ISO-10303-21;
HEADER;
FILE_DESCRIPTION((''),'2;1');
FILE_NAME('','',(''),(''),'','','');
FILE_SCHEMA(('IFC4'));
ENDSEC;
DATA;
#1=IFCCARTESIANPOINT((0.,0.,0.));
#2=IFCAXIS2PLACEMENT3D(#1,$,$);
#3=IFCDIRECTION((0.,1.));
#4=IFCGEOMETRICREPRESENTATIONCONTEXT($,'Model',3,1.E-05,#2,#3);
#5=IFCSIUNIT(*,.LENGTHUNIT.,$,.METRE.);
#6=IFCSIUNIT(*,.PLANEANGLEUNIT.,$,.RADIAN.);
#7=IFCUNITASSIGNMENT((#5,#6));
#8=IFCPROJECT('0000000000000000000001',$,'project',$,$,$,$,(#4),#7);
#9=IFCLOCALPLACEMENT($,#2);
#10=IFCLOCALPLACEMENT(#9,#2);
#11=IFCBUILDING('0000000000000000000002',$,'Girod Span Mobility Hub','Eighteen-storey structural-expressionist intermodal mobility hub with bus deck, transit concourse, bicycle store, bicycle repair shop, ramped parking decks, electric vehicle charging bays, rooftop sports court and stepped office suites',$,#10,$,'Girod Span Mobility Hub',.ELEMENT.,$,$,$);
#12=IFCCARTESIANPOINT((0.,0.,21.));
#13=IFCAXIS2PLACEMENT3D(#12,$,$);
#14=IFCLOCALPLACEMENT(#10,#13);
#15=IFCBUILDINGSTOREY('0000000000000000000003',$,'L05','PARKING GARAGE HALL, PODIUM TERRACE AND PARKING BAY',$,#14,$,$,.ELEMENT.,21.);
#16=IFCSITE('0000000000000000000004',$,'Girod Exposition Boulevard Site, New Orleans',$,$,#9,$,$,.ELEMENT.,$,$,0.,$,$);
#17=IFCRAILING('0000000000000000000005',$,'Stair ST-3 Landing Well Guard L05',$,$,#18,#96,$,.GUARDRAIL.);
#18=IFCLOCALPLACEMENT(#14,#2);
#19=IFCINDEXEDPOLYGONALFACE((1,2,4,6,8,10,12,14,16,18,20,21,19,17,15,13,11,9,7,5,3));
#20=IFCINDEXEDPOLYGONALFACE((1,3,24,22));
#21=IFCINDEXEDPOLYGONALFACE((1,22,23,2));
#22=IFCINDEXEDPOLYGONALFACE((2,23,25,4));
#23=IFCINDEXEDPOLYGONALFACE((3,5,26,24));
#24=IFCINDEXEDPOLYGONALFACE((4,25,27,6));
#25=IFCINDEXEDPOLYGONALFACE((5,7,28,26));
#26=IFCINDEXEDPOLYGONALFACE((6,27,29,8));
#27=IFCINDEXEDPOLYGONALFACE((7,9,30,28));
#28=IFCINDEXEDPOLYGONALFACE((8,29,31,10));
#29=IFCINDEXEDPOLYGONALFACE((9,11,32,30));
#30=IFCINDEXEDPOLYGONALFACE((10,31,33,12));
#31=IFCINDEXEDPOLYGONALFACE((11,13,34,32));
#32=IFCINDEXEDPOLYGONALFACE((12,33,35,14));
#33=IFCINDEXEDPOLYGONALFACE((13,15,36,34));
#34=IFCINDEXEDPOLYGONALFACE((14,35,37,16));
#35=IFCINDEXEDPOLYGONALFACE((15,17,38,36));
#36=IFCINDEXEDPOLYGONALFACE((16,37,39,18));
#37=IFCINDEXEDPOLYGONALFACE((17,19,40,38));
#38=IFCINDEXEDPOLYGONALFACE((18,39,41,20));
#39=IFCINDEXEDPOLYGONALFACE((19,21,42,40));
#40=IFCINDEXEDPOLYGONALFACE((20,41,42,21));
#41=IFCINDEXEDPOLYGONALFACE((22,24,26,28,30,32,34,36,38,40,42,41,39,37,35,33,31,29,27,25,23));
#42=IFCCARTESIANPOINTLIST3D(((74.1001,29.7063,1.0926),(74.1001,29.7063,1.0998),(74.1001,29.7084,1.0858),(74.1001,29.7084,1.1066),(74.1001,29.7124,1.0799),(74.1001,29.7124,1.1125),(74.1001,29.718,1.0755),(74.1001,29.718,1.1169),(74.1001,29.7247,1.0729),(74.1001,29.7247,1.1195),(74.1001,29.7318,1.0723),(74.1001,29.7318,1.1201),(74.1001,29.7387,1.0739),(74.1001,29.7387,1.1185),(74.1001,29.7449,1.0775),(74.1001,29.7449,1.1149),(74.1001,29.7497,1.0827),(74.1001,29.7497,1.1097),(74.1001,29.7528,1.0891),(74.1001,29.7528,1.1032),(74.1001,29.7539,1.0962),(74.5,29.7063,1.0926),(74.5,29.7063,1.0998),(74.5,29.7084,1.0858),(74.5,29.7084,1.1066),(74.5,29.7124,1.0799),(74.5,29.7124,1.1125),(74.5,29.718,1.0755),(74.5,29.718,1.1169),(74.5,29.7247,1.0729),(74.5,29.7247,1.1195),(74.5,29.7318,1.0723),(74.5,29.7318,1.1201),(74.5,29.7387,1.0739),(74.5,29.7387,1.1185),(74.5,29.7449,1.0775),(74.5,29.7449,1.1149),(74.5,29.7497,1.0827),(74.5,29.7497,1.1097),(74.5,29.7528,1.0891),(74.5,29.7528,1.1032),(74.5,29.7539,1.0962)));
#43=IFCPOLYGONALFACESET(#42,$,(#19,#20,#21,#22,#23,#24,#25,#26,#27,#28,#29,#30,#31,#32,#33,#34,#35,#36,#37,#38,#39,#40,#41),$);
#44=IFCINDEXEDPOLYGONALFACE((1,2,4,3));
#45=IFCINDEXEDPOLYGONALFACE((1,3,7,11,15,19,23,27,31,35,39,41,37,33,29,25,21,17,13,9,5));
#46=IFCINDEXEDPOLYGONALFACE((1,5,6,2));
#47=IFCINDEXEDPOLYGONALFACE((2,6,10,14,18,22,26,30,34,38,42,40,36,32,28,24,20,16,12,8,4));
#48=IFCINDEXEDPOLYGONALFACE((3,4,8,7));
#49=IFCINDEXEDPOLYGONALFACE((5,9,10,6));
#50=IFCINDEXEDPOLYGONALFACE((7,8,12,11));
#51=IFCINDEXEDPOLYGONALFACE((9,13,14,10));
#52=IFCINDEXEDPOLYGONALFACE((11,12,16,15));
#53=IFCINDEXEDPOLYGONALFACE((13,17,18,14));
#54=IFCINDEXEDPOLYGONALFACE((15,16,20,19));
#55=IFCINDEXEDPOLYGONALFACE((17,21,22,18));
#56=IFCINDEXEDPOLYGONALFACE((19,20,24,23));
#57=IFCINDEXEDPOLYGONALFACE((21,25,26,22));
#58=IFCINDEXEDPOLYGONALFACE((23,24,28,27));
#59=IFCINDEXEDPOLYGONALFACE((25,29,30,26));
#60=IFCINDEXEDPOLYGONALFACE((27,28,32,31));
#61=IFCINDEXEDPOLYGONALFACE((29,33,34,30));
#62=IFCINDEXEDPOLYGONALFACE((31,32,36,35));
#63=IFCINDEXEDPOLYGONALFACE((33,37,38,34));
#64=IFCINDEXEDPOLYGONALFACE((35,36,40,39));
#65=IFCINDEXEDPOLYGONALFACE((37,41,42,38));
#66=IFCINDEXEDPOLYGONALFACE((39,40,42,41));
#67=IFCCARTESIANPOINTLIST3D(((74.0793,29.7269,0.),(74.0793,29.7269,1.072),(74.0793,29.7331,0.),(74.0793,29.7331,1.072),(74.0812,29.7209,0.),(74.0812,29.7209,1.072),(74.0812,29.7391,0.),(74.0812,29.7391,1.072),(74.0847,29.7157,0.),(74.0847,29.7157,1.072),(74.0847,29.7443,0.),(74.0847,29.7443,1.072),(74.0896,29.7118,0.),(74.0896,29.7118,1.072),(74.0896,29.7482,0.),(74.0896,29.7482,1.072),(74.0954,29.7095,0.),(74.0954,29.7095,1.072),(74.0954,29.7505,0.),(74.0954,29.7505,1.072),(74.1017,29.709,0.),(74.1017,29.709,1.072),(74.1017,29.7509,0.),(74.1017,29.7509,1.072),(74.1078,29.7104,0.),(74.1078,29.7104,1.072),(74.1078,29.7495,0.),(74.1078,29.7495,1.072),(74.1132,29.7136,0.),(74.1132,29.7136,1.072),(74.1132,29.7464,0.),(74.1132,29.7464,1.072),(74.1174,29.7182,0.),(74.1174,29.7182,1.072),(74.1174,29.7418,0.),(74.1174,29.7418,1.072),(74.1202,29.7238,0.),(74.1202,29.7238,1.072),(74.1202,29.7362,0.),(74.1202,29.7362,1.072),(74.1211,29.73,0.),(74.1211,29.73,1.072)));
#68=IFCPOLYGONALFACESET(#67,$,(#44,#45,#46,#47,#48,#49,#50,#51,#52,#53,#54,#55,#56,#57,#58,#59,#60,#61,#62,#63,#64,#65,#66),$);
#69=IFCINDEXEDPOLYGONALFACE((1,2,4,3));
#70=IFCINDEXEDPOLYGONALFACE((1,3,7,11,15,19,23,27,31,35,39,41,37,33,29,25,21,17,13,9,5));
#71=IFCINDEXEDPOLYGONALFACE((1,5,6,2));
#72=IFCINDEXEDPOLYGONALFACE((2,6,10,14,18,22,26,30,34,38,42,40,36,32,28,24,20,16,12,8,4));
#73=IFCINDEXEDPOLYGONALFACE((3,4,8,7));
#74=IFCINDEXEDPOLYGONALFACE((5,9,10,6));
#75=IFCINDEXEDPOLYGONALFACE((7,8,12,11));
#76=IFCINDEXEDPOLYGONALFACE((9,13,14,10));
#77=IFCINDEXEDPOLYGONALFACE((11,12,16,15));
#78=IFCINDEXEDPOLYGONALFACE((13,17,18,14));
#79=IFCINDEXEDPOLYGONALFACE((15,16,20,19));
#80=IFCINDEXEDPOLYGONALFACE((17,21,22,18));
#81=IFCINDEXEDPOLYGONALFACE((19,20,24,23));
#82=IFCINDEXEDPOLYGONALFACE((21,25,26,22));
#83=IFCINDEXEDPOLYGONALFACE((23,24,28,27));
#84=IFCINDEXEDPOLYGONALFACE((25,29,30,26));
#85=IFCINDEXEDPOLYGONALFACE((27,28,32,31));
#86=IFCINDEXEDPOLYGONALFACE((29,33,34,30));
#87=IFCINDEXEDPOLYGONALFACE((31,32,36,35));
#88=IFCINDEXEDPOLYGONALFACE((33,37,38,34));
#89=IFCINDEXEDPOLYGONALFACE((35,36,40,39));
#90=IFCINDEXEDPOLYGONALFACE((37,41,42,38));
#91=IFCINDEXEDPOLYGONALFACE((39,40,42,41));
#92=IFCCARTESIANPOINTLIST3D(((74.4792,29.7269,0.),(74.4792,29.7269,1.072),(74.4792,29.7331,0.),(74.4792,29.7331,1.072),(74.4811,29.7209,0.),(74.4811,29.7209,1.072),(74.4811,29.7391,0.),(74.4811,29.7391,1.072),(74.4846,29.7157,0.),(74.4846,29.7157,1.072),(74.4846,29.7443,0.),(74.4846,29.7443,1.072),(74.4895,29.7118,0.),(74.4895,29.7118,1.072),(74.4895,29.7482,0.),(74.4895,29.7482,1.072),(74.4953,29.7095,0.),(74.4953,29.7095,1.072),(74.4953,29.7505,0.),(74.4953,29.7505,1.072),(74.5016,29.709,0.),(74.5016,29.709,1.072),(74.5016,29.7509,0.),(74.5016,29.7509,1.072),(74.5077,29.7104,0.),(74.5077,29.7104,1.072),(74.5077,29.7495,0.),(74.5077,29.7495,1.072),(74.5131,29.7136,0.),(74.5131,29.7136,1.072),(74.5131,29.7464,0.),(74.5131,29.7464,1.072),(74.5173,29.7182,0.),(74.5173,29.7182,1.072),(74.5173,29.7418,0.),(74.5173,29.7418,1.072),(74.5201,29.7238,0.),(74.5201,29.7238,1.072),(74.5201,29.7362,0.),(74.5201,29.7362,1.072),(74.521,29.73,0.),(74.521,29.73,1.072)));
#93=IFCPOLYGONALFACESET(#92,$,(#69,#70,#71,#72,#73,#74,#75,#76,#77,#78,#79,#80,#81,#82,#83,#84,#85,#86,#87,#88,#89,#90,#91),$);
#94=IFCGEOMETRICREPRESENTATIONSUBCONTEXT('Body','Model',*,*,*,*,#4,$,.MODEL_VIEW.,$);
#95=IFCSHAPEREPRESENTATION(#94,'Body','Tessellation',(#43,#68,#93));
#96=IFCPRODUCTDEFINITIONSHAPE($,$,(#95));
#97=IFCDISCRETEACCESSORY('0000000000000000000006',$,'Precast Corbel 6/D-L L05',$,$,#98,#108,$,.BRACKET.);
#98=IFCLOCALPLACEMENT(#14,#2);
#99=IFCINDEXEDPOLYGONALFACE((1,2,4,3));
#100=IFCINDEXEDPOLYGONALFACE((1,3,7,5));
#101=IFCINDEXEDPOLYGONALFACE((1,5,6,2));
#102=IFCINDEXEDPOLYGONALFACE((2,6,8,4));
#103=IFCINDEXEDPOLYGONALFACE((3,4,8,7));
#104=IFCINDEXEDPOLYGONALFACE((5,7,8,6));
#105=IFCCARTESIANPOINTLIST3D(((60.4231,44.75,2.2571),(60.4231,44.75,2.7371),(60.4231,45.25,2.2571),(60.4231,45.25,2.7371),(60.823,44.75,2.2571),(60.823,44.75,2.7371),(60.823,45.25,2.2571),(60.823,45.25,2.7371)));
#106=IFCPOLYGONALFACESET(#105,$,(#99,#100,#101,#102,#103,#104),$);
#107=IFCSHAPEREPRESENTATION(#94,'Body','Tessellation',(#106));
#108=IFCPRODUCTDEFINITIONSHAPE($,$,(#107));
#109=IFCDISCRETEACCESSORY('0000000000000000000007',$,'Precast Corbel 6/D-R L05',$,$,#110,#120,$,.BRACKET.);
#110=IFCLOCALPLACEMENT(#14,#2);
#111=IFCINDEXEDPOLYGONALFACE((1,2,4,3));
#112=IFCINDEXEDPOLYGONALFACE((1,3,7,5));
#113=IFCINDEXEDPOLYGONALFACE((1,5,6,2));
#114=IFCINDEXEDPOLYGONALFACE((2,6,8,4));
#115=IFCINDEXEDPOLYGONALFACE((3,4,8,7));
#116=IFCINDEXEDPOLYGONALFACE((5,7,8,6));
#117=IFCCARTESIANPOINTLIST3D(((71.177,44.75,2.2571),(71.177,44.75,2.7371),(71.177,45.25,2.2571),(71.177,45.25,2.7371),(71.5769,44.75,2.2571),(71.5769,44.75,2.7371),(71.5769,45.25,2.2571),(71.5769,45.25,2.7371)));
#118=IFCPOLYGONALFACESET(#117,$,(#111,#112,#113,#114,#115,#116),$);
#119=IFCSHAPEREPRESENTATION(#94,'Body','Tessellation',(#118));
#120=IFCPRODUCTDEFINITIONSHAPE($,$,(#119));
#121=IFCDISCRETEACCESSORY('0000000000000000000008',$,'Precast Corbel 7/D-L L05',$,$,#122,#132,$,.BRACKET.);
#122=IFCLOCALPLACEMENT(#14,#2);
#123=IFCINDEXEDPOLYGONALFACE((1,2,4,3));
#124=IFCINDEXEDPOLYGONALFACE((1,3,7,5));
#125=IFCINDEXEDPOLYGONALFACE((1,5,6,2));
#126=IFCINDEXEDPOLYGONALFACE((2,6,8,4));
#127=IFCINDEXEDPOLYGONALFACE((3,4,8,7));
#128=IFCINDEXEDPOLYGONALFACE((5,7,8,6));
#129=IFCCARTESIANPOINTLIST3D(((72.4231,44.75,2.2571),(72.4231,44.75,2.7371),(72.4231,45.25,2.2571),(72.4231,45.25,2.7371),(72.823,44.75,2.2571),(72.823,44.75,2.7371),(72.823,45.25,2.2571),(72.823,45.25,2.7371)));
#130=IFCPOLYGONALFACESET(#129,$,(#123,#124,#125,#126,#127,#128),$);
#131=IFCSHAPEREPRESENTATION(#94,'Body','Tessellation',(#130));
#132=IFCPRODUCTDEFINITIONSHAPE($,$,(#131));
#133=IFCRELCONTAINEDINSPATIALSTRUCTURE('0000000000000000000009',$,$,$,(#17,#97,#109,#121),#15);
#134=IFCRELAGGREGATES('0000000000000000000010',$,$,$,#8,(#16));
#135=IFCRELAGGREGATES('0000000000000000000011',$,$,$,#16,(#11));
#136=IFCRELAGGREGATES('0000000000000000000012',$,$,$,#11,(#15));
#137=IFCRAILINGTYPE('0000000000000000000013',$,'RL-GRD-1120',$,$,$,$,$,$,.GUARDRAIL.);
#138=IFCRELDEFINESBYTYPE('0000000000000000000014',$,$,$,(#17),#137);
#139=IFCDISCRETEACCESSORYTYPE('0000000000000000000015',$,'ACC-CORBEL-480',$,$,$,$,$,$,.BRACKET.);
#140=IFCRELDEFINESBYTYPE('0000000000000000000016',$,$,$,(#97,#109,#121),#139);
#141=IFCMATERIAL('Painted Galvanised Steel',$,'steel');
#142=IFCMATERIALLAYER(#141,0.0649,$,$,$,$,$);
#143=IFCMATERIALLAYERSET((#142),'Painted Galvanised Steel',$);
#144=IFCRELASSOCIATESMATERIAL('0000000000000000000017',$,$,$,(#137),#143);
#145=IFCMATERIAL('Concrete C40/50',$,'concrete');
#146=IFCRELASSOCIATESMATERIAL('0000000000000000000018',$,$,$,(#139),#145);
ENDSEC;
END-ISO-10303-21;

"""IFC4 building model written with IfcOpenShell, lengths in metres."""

from ifc_helpers import new_model, si_unit, direction, frame, origin, origin_2d, place, context, subcontext, project, spatial, rectangle, circle, extrude, material, layer, layer_set, type_object, element, save


model = new_model("IFC4")

# Units and contexts
model_context = context("Model", 3, precision=1e-05, world=origin(), true_north=direction((0.0, 1.0)))
body_context = subcontext(model_context, "Body", "Model", "MODEL_VIEW")
ifc_project = project(units=[si_unit("LENGTHUNIT", "METRE"), si_unit("PLANEANGLEUNIT", "RADIAN")], contexts=[model_context])

# Site, building, storey
site_placement = place(None, origin())
site = spatial("IfcSite", under=ifc_project, at=site_placement, Name="Girod Exposition Boulevard Site, New Orleans", CompositionType="ELEMENT", RefElevation=0.0)
building_placement = place(site_placement, origin())
building = spatial("IfcBuilding", under=site, at=building_placement, Name="Girod Span Mobility Hub", Description="Eighteen-storey structural-expressionist intermodal mobility hub with bus deck, transit concourse, bicycle store, bicycle repair shop, ramped parking decks, electric vehicle charging bays, rooftop sports court and stepped office suites", LongName="Girod Span Mobility Hub", CompositionType="ELEMENT")
storey_placement = place(building_placement, frame((0.0, 0.0, 21.0)))
storey = spatial("IfcBuildingStorey", under=building, at=storey_placement, Name="L05", Description="PARKING GARAGE HALL, PODIUM TERRACE AND PARKING BAY", CompositionType="ELEMENT", Elevation=21.0)

# Railing
ifc_material_1 = material(Name="Painted Galvanised Steel", Category="steel")
ifc_layer_1 = layer(ifc_material_1, 0.0649)
ifc_layer_set_1 = layer_set([ifc_layer_1], Name="Painted Galvanised Steel")
railing_type_1 = type_object("IfcRailingType", Name="RL-GRD-1120", PredefinedType="GUARDRAIL", material=ifc_layer_set_1)
for number, where, name in (
    (1, (74.1001, 29.73, 0.0), "Stair ST-3 Landing Well Guard L05"),
):
    element("IfcRailing", number, at=place(storey_placement, frame(where)), inside=storey, type_object=railing_type_1, Name=name, PredefinedType="GUARDRAIL", context=body_context, shape_type="SweptSolid", body=[
        extrude(circle(Radius=0.0239, at=origin_2d()), frame((0.0, 0.0, 1.0962), z_axis=(1.0, 0.0, 0.0), x_axis=(0.0, 1.0, 0.0)), (0.0, 0.0, 1.0), 0.3999),
        extrude(circle(Radius=0.021, at=origin_2d()), origin(), (0.0, 0.0, 1.0), 1.072),
        extrude(circle(Radius=0.021, at=origin_2d()), frame((0.3999, 0.0, 0.0)), (0.0, 0.0, 1.0), 1.072),
    ])

# Discrete accessories
ifc_material_2 = material(Name="Concrete C40/50", Category="concrete")
discrete_accessory_type = type_object("IfcDiscreteAccessoryType", Name="ACC-CORBEL-480", PredefinedType="BRACKET", material=ifc_material_2)
for number, where, z_axis, x_axis, name in (
    (2, (60.623, 45.0, 2.2571), (0.0, 0.0, 1.0), (1.0, 0.0, 0.0), "Precast Corbel 6/D-L L05"),
    (3, (71.377, 45.0, 2.2571), (0.0, 0.0, 1.0), (1.0, 0.0, 0.0), "Precast Corbel 6/D-R L05"),
    (4, (72.623, 45.0, 2.2571), (0.0, 0.0, 1.0), (1.0, 0.0, 0.0), "Precast Corbel 7/D-L L05"),
):
    element("IfcDiscreteAccessory", number, at=place(storey_placement, frame(where, z_axis=z_axis, x_axis=x_axis)), inside=storey, type_object=discrete_accessory_type, Name=name, PredefinedType="BRACKET", context=body_context, shape_type="SweptSolid", body=[
        extrude(rectangle(XDim=0.3999, YDim=0.5, at=origin_2d()), origin(), (0.0, 0.0, 1.0), 0.48),
    ])

save(model, "model.ifc")
